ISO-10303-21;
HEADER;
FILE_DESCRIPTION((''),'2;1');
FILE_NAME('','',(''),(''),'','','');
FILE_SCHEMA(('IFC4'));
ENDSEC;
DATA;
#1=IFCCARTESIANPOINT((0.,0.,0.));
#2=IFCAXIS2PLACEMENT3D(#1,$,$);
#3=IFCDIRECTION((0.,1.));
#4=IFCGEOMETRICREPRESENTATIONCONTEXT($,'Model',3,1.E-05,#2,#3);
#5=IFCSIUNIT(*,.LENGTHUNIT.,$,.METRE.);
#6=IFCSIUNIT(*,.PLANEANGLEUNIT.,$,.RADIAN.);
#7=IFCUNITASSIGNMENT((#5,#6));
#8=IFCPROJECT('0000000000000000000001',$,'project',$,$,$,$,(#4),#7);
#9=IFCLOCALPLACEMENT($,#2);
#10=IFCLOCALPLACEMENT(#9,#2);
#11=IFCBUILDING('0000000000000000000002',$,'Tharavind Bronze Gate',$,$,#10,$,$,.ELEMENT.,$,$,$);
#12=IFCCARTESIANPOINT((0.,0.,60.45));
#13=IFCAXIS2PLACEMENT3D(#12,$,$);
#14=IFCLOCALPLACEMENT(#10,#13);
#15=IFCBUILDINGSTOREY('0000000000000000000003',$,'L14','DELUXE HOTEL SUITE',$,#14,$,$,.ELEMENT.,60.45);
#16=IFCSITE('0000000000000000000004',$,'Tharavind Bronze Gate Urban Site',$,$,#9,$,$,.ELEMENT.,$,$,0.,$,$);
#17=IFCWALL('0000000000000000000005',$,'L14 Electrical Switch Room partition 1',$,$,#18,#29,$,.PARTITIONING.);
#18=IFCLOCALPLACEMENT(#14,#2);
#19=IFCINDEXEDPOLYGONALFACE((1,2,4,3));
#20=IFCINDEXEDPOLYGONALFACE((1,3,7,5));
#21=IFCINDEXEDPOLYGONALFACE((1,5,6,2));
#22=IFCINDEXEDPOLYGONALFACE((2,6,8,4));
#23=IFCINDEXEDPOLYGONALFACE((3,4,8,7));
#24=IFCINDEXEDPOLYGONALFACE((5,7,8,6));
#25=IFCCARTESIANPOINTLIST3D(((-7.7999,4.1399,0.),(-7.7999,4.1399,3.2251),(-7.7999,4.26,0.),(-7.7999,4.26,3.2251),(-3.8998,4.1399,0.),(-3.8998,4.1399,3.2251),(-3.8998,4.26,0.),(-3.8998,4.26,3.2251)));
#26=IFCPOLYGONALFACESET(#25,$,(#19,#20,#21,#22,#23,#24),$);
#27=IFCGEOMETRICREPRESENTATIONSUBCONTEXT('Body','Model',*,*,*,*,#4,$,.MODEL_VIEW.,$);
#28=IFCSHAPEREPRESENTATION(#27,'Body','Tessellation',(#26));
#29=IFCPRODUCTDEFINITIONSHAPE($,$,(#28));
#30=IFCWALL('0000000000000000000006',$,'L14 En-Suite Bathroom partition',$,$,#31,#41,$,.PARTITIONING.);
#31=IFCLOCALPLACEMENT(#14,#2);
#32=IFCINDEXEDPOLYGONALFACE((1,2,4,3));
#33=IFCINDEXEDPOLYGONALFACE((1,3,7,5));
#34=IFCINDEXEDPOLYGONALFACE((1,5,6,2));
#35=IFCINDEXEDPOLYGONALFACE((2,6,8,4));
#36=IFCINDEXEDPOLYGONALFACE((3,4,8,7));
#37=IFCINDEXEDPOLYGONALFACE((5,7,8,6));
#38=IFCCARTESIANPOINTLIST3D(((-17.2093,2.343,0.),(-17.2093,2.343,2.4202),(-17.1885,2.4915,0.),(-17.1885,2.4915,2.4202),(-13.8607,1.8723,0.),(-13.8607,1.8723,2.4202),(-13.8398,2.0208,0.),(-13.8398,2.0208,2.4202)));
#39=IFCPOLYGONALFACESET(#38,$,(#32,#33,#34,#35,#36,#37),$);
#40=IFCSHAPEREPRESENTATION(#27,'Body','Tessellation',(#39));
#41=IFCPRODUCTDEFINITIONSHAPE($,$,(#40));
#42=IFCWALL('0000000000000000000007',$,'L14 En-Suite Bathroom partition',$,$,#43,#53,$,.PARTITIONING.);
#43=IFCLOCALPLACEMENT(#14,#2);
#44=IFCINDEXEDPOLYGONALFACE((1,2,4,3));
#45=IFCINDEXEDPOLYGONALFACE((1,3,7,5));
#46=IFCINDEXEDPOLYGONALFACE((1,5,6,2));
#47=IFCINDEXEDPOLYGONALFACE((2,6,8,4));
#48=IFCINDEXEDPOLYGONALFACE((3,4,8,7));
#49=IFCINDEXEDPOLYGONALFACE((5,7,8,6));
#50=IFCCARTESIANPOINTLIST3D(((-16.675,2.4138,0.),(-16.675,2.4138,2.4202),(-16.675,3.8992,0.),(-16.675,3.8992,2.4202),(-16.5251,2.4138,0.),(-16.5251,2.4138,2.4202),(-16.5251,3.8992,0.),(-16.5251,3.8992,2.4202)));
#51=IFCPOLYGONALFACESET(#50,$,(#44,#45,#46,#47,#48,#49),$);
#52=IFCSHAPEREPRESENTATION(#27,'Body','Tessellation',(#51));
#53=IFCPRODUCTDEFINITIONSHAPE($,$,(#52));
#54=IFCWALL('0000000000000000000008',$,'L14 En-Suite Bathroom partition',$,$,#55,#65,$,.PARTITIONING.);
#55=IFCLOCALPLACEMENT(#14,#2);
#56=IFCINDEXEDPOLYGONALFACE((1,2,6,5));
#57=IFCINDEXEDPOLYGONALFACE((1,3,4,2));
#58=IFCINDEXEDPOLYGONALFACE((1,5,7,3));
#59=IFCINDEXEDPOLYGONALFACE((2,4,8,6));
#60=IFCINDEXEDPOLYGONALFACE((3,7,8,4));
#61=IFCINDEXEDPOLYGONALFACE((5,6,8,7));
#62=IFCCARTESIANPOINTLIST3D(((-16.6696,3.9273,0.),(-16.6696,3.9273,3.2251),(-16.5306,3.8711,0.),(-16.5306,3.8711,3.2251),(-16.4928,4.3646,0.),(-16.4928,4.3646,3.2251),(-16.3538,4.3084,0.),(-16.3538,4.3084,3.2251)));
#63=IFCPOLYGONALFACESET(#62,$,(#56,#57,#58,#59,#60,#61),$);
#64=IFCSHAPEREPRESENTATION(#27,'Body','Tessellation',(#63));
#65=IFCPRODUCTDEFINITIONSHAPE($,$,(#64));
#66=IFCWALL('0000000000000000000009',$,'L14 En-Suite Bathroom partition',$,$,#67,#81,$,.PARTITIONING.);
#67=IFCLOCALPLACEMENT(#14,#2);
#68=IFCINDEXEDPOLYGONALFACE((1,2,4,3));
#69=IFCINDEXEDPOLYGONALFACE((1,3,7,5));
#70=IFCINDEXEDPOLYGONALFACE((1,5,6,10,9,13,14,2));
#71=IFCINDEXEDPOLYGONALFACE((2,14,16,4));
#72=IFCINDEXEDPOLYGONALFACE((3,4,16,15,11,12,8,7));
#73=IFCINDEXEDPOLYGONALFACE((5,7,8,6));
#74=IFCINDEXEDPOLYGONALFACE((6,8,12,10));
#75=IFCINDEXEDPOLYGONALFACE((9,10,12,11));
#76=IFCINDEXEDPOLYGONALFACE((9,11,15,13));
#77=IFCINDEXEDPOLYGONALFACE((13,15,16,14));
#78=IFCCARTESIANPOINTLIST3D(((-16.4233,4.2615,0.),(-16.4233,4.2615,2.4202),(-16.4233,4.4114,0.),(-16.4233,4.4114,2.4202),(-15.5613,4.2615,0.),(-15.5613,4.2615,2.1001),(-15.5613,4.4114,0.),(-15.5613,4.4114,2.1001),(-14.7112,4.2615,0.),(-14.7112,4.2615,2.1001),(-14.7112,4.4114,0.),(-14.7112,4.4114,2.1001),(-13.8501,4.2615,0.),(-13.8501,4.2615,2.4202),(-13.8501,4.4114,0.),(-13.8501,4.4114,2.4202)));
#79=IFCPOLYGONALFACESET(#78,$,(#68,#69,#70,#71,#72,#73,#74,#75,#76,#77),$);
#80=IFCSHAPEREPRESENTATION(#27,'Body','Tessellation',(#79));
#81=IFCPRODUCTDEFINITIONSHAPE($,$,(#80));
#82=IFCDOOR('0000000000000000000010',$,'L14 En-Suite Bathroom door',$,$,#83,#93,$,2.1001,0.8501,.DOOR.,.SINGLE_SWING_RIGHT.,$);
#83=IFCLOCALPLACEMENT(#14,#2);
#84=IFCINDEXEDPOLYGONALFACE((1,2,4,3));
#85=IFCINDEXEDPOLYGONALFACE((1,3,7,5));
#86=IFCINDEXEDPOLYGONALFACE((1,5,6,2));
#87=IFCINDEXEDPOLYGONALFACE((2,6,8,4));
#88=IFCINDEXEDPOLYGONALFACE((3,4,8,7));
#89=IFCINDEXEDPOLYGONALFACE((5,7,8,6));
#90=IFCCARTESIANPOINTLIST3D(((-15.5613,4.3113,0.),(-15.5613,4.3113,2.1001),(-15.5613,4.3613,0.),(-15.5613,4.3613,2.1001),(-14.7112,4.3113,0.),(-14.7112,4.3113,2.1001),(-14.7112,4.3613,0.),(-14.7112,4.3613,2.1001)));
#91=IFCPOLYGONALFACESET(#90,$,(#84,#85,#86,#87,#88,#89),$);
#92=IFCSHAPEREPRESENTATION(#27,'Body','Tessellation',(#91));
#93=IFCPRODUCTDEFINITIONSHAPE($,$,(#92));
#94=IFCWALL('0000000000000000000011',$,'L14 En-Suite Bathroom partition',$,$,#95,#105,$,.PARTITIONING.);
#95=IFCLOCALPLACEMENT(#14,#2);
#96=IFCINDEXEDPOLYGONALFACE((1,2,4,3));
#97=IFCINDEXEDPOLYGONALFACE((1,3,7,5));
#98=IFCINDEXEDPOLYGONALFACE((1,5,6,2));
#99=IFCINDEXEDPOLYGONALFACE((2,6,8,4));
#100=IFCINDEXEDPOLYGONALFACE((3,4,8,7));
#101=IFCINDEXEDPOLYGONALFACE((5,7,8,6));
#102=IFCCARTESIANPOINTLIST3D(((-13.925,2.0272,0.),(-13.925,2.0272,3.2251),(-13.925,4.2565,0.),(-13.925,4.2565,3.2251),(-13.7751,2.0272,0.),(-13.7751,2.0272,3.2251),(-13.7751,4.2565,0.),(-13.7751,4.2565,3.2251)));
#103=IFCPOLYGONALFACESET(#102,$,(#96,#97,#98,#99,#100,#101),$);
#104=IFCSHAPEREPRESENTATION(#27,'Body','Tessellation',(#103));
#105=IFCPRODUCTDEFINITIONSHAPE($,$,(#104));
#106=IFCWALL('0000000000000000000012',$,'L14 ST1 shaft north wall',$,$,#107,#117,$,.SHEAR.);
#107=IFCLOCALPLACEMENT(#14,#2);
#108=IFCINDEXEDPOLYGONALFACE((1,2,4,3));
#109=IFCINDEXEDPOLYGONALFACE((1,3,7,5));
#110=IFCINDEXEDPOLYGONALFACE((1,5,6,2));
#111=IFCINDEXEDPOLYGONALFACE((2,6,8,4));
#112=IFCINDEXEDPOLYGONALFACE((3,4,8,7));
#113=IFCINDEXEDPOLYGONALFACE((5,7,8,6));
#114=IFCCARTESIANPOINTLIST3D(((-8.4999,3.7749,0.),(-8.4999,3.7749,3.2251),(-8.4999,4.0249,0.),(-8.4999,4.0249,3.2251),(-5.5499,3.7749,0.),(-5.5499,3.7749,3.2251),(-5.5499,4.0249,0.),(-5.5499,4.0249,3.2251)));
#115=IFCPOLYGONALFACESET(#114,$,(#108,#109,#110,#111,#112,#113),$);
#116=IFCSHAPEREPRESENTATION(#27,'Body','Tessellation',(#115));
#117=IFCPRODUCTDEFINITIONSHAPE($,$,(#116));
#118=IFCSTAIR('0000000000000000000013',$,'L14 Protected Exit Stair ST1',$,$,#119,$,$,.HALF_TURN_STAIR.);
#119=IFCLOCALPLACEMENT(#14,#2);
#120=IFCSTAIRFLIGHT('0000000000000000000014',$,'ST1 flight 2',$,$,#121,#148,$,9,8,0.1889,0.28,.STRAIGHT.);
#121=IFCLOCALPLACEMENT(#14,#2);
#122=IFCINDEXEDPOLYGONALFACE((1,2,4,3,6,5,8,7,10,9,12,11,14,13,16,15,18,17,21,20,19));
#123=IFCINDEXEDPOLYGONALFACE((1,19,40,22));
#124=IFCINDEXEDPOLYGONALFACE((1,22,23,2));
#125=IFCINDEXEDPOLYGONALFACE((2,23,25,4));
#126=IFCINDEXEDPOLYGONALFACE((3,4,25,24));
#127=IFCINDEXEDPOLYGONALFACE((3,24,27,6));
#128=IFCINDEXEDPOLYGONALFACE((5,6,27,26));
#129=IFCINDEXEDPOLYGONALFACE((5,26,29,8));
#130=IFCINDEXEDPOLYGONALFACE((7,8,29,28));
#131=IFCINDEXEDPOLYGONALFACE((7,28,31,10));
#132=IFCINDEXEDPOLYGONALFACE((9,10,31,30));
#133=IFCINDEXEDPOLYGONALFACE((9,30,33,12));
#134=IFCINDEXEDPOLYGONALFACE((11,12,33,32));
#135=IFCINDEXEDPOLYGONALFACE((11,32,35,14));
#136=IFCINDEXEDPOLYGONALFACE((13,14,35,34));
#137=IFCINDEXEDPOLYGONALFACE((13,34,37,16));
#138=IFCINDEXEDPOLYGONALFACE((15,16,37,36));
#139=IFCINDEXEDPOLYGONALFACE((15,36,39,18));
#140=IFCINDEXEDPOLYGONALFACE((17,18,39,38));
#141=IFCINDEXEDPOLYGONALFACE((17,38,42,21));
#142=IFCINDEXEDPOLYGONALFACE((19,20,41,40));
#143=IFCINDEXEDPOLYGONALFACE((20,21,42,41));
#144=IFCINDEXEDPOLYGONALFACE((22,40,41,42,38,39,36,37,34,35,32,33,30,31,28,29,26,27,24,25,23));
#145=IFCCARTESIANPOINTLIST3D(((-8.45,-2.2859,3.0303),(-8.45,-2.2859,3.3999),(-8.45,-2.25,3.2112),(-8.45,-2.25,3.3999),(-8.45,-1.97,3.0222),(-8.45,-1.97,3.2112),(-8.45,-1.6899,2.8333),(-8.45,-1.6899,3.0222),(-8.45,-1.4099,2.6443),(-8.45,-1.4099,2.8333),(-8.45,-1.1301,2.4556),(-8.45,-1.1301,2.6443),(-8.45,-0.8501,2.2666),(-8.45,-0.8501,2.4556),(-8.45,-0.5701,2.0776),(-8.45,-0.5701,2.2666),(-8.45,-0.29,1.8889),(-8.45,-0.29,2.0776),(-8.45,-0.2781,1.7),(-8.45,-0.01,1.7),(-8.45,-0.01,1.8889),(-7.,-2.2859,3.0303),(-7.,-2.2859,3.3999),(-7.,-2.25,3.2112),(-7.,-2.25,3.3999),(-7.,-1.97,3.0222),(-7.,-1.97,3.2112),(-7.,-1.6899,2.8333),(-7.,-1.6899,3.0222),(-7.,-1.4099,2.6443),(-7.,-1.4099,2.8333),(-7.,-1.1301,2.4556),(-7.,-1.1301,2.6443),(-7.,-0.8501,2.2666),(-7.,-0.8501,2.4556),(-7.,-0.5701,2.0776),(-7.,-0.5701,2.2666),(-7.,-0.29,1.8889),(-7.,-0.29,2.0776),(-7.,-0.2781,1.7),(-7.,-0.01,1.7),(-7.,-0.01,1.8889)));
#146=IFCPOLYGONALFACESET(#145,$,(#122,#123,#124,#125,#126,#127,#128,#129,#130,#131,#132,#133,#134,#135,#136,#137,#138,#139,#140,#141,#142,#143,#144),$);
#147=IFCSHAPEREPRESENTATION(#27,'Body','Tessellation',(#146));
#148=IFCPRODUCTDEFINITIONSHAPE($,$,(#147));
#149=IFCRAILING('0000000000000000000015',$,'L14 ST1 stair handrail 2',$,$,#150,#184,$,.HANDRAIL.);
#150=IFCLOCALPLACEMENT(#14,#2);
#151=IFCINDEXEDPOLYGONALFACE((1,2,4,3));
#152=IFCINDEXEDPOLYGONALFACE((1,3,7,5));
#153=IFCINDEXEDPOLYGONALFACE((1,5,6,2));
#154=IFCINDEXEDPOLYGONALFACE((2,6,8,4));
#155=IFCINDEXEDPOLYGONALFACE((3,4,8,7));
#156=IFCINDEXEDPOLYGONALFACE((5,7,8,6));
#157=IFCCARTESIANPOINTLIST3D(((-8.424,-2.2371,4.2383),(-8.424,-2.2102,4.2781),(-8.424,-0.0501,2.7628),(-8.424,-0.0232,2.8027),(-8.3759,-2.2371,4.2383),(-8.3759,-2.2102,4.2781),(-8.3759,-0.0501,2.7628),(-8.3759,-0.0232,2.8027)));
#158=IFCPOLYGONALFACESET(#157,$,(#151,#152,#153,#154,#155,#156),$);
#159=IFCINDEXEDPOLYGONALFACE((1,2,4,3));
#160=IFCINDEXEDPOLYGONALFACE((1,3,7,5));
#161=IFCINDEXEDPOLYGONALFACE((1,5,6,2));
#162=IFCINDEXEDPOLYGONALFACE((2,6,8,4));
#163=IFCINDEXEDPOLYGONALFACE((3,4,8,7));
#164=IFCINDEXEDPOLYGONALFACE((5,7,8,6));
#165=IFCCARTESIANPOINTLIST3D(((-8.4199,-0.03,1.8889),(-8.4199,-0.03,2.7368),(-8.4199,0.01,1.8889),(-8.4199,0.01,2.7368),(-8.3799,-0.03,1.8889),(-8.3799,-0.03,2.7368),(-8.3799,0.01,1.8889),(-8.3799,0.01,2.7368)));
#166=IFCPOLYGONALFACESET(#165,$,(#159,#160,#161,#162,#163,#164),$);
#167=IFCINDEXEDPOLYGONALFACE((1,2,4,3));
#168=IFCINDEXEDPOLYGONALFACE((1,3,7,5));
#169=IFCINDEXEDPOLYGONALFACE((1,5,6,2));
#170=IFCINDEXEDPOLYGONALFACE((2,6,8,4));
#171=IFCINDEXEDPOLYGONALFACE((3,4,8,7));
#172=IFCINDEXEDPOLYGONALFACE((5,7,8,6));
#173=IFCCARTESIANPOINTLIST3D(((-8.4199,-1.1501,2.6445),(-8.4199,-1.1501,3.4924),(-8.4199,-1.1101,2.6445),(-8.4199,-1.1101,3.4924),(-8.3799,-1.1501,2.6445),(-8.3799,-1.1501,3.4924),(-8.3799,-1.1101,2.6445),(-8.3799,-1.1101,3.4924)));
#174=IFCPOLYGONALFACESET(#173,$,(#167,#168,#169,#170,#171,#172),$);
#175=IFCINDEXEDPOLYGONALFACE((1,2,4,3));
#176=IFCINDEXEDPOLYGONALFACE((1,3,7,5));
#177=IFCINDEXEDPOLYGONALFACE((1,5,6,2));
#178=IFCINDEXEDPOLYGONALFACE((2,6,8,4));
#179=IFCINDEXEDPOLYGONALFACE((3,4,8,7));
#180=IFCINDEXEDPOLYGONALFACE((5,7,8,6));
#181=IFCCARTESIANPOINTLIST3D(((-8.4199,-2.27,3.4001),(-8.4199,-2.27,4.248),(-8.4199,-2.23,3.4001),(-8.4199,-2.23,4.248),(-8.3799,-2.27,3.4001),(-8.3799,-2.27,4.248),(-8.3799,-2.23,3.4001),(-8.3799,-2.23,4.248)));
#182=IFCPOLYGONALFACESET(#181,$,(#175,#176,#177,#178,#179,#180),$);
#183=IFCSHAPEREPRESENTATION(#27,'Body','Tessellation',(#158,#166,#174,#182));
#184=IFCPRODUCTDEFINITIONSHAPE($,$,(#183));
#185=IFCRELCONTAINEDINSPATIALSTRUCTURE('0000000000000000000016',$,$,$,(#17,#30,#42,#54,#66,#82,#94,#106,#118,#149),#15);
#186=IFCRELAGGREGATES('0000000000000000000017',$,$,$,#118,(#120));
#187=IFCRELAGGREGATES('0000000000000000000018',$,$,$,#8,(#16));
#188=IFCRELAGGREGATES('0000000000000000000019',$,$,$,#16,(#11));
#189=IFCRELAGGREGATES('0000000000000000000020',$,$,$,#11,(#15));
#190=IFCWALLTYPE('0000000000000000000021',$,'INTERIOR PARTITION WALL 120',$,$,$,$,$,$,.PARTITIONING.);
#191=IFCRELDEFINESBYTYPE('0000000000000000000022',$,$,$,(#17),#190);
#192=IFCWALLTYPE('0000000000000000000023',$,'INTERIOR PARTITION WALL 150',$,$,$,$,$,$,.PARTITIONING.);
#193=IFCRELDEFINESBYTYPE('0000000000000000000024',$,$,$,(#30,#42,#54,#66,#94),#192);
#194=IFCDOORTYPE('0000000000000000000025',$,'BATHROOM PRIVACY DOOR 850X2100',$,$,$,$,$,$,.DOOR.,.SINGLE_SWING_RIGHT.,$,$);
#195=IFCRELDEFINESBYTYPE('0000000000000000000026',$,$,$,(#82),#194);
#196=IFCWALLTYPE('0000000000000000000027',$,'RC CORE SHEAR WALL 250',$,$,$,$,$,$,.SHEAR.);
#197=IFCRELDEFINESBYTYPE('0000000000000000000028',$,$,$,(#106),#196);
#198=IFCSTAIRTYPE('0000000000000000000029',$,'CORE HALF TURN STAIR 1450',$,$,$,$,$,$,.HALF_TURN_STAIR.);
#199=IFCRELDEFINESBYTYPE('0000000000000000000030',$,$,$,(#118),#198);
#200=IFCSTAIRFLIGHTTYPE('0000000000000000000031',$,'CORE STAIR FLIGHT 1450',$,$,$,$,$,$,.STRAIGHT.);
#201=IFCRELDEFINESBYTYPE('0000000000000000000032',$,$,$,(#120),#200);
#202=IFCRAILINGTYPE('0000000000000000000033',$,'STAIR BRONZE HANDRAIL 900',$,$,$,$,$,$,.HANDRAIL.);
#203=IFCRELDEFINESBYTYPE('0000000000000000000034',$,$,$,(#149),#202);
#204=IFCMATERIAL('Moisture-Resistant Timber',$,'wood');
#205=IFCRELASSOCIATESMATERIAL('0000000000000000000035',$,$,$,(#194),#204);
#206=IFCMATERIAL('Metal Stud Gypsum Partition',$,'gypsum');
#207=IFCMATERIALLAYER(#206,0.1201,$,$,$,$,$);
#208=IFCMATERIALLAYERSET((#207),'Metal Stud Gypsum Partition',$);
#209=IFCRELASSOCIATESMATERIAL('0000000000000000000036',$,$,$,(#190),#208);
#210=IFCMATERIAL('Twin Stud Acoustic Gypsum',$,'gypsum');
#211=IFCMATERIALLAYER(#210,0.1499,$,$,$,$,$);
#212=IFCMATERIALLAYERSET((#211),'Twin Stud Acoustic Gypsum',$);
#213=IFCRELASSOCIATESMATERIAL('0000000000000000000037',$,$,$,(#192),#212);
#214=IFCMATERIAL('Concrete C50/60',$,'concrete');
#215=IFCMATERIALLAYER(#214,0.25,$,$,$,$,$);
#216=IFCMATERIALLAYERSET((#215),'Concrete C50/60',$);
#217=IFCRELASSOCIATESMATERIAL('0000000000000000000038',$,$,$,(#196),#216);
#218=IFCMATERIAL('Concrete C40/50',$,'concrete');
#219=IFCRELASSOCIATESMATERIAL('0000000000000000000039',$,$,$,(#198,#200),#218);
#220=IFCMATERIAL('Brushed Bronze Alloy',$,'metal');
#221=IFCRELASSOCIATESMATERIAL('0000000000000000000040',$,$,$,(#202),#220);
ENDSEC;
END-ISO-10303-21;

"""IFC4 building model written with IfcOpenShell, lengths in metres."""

from ifc_helpers import new_model, si_unit, direction, frame, frame_2d, origin, origin_2d, place, context, subcontext, project, spatial, polyline, rectangle, outline, extrude, material, layer, layer_set, type_object, element, fill, aggregate, save


model = new_model("IFC4")

# Units and contexts
model_context = context("Model", 3, precision=1e-05, world=origin(), true_north=direction((0.0, 1.0)))
body_context = subcontext(model_context, "Body", "Model", "MODEL_VIEW")
ifc_project = project(units=[si_unit("LENGTHUNIT", "METRE"), si_unit("PLANEANGLEUNIT", "RADIAN")], contexts=[model_context])

# Site, building, storey
site_placement = place(None, origin())
site = spatial("IfcSite", under=ifc_project, at=site_placement, Name="Tharavind Bronze Gate Urban Site", CompositionType="ELEMENT", RefElevation=0.0)
building_placement = place(site_placement, origin())
building = spatial("IfcBuilding", under=site, at=building_placement, Name="Tharavind Bronze Gate", CompositionType="ELEMENT")
storey_placement = place(building_placement, frame((0.0, 0.0, 60.45)))
storey = spatial("IfcBuildingStorey", under=building, at=storey_placement, Name="L14", Description="DELUXE HOTEL SUITE", CompositionType="ELEMENT", Elevation=60.45)

# Shared definitions
ifc_material_1 = material(Name="Moisture-Resistant Timber", Category="wood")
door_type_1 = type_object("IfcDoorType", Name="BATHROOM PRIVACY DOOR 850X2100", OperationType="SINGLE_SWING_RIGHT", PredefinedType="DOOR", material=ifc_material_1)

# Walls
ifc_material_2 = material(Name="Metal Stud Gypsum Partition", Category="gypsum")
ifc_layer_1 = layer(ifc_material_2, 0.1201)
ifc_layer_set_1 = layer_set([ifc_layer_1], Name="Metal Stud Gypsum Partition")
wall_type_1 = type_object("IfcWallType", Name="INTERIOR PARTITION WALL 120", PredefinedType="PARTITIONING", material=ifc_layer_set_1)
wall_1_placement = place(storey_placement, frame((-7.8, 4.2, 0.0), z_axis=(0.0, 0.0, 1.0), x_axis=(1.0, 0.0, 0.0)))
element("IfcWall", 1, at=wall_1_placement, inside=storey, type_object=wall_type_1, Name="L14 Electrical Switch Room partition 1", PredefinedType="PARTITIONING", context=body_context, shape_type="SweptSolid", body=[
    extrude(rectangle(XDim=3.9001, YDim=0.1201, at=frame_2d((1.9502, 0.0))), origin(), (0.0, 0.0, 1.0), 3.2251),
])
ifc_material_3 = material(Name="Twin Stud Acoustic Gypsum", Category="gypsum")
ifc_layer_2 = layer(ifc_material_3, 0.1499)
ifc_layer_set_2 = layer_set([ifc_layer_2], Name="Twin Stud Acoustic Gypsum")
wall_type_2 = type_object("IfcWallType", Name="INTERIOR PARTITION WALL 150", PredefinedType="PARTITIONING", material=ifc_layer_set_2)
wall_2_placement = place(storey_placement, frame((-13.8501, 1.9465, 0.0), z_axis=(0.0, 0.0, 1.0), x_axis=(-0.990265, 0.139197, 0.0)))
element("IfcWall", 2, at=wall_2_placement, inside=storey, type_object=wall_type_2, Name="L14 En-Suite Bathroom partition", PredefinedType="PARTITIONING", context=body_context, shape_type="SweptSolid", body=[
    extrude(rectangle(XDim=3.3816, YDim=0.1499, at=frame_2d((1.6909, 0.0))), origin(), (0.0, 0.0, 1.0), 2.4202),
])
wall_3_placement = place(storey_placement, frame((-16.6001, 2.4138, 0.0), z_axis=(0.0, 0.0, 1.0), x_axis=(0.0, 1.0, 0.0)))
element("IfcWall", 3, at=wall_3_placement, inside=storey, type_object=wall_type_2, Name="L14 En-Suite Bathroom partition", PredefinedType="PARTITIONING", context=body_context, shape_type="SweptSolid", body=[
    extrude(rectangle(XDim=1.4854, YDim=0.1499, at=frame_2d((0.7427, 0.0))), origin(), (0.0, 0.0, 1.0), 2.4202),
])
wall_4_placement = place(storey_placement, frame((-16.6001, 3.8992, 0.0), z_axis=(0.0, 0.0, 1.0), x_axis=(0.37478, 0.927114, 0.0)))
element("IfcWall", 4, at=wall_4_placement, inside=storey, type_object=wall_type_2, Name="L14 En-Suite Bathroom partition", PredefinedType="PARTITIONING", context=body_context, shape_type="SweptSolid", body=[
    extrude(rectangle(XDim=0.4717, YDim=0.1499, at=frame_2d((0.2358, 0.0))), origin(), (0.0, 0.0, 1.0), 3.2251),
])

# Wall, opening, door
wall_5_placement = place(storey_placement, frame((-16.4233, 4.3364, 0.0), z_axis=(0.0, 0.0, 1.0), x_axis=(1.0, 0.0, 0.0)))
wall_5 = element("IfcWall", 5, at=wall_5_placement, inside=storey, type_object=wall_type_2, Name="L14 En-Suite Bathroom partition", PredefinedType="PARTITIONING", context=body_context, shape_type="SweptSolid", body=[
    extrude(rectangle(XDim=2.5732, YDim=0.1499, at=frame_2d((1.2866, 0.0))), origin(), (0.0, 0.0, 1.0), 2.4202),
])
opening_1_placement = place(wall_5_placement, frame((0.8621, 0.0, 0.0)))
opening_1 = element("IfcOpeningElement", 6, at=opening_1_placement, cuts=wall_5, PredefinedType="OPENING", context=body_context, shape_type="SweptSolid", body=[
    extrude(rectangle(XDim=0.8501, YDim=2.1001, at=frame_2d((0.425, 1.05))), frame((0.0, 0.085, 0.0), z_axis=(0.0, -1.0, 0.0), x_axis=(1.0, 0.0, 0.0)), (0.0, 0.0, 1.0), 0.1699),
])
door_1_placement = place(opening_1_placement, origin())
door_1 = element("IfcDoor", 7, at=door_1_placement, inside=storey, type_object=door_type_1, Name="L14 En-Suite Bathroom door", OperationType="SINGLE_SWING_RIGHT", OverallHeight=2.1001, OverallWidth=0.8501, PredefinedType="DOOR", context=body_context, shape_type="SweptSolid", body=[
    extrude(rectangle(XDim=0.8501, YDim=2.1001, at=frame_2d((0.425, 1.05))), frame((0.0, 0.0249, 0.0), z_axis=(0.0, -1.0, 0.0), x_axis=(1.0, 0.0, 0.0)), (0.0, 0.0, 1.0), 0.05),
])
fill(opening_1, door_1)

# Walls
wall_6_placement = place(storey_placement, frame((-13.8501, 4.2566, 0.0), z_axis=(0.0, 0.0, 1.0), x_axis=(0.0, -1.0, 0.0)))
element("IfcWall", 8, at=wall_6_placement, inside=storey, type_object=wall_type_2, Name="L14 En-Suite Bathroom partition", PredefinedType="PARTITIONING", context=body_context, shape_type="SweptSolid", body=[
    extrude(rectangle(XDim=2.2292, YDim=0.1499, at=frame_2d((1.1147, 0.0))), origin(), (0.0, 0.0, 1.0), 3.2251),
])
ifc_material_4 = material(Name="Concrete C50/60", Category="concrete")
ifc_layer_3 = layer(ifc_material_4, 0.25)
ifc_layer_set_3 = layer_set([ifc_layer_3], Name="Concrete C50/60")
wall_type_3 = type_object("IfcWallType", Name="RC CORE SHEAR WALL 250", PredefinedType="SHEAR", material=ifc_layer_set_3)
wall_7_placement = place(storey_placement, frame((-8.5, 3.8999, 0.0), z_axis=(0.0, 0.0, 1.0), x_axis=(1.0, 0.0, 0.0)))
element("IfcWall", 9, at=wall_7_placement, inside=storey, type_object=wall_type_3, Name="L14 ST1 shaft north wall", PredefinedType="SHEAR", context=body_context, shape_type="SweptSolid", body=[
    extrude(rectangle(XDim=2.95, YDim=0.25, at=frame_2d((1.4751, 0.0))), origin(), (0.0, 0.0, 1.0), 3.2251),
])

# Stair, stair flight
ifc_material_5 = material(Name="Concrete C40/50", Category="concrete")
stair_type = type_object("IfcStairType", Name="CORE HALF TURN STAIR 1450", PredefinedType="HALF_TURN_STAIR", material=ifc_material_5)
stair_placement = place(storey_placement, origin())
stair = element("IfcStair", 10, at=stair_placement, inside=storey, type_object=stair_type, Name="L14 Protected Exit Stair ST1", PredefinedType="HALF_TURN_STAIR")
stair_flight_type = type_object("IfcStairFlightType", Name="CORE STAIR FLIGHT 1450", PredefinedType="STRAIGHT", material=ifc_material_5)
stair_flight_placement = place(storey_placement, frame((-7.7251, -0.01, 1.7), z_axis=(0.0, 0.0, 1.0), x_axis=(0.0, -1.0, 0.0)))
stair_flight = element("IfcStairFlight", 11, at=stair_flight_placement, type_object=stair_flight_type, Name="ST1 flight 2", NumberOfRisers=9, NumberOfTreads=8, PredefinedType="STRAIGHT", RiserHeight=0.1889, TreadLength=0.28, context=body_context, shape_type="SweptSolid", body=[
    extrude(outline(polyline([(0.0, 0.0), (0.0, 0.189), (0.28, 0.189), (0.28, 0.3777), (0.5601, 0.3777), (0.5601, 0.5667), (0.8401, 0.5667), (0.8401, 0.7556), (1.1201, 0.7556), (1.1201, 0.9443), (1.3999, 0.9443), (1.3999, 1.1333), (1.6799, 1.1333), (1.6799, 1.3223), (1.96, 1.3223), (1.96, 1.5112), (2.24, 1.5112), (2.24, 1.7), (2.2759, 1.7), (2.2759, 1.3303), (0.2681, 0.0), (0.0, 0.0)])), frame((0.0, 0.7251, 0.0), z_axis=(0.0, -1.0, 0.0), x_axis=(1.0, 0.0, 0.0)), (0.0, 0.0, 1.0), 1.45),
])
aggregate(stair, [stair_flight])

# Railing
ifc_material_6 = material(Name="Brushed Bronze Alloy", Category="metal")
railing_type_1 = type_object("IfcRailingType", Name="STAIR BRONZE HANDRAIL 900", PredefinedType="HANDRAIL", material=ifc_material_6)
railing_1_placement = place(storey_placement, frame((-8.3999, -0.01, 1.8889)))
element("IfcRailing", 12, at=railing_1_placement, inside=storey, type_object=railing_type_1, Name="L14 ST1 stair handrail 2", PredefinedType="HANDRAIL", context=body_context, shape_type="SweptSolid", body=[
    extrude(rectangle(XDim=0.0481, YDim=0.0481, at=origin_2d()), frame((0.0, -0.0266, 0.8938), z_axis=(0.0, -0.82898, 0.559279), x_axis=(1.0, 0.0, 0.0)), (0.0, 0.0, 1.0), 2.6382),
    extrude(rectangle(XDim=0.04, YDim=0.04, at=origin_2d()), origin(), (0.0, 0.0, 1.0), 0.8479),
    extrude(rectangle(XDim=0.04, YDim=0.04, at=origin_2d()), frame((0.0, -1.1201, 0.7556)), (0.0, 0.0, 1.0), 0.8479),
    extrude(rectangle(XDim=0.04, YDim=0.04, at=origin_2d()), frame((0.0, -2.24, 1.5112)), (0.0, 0.0, 1.0), 0.8479),
])

save(model, "model.ifc")
